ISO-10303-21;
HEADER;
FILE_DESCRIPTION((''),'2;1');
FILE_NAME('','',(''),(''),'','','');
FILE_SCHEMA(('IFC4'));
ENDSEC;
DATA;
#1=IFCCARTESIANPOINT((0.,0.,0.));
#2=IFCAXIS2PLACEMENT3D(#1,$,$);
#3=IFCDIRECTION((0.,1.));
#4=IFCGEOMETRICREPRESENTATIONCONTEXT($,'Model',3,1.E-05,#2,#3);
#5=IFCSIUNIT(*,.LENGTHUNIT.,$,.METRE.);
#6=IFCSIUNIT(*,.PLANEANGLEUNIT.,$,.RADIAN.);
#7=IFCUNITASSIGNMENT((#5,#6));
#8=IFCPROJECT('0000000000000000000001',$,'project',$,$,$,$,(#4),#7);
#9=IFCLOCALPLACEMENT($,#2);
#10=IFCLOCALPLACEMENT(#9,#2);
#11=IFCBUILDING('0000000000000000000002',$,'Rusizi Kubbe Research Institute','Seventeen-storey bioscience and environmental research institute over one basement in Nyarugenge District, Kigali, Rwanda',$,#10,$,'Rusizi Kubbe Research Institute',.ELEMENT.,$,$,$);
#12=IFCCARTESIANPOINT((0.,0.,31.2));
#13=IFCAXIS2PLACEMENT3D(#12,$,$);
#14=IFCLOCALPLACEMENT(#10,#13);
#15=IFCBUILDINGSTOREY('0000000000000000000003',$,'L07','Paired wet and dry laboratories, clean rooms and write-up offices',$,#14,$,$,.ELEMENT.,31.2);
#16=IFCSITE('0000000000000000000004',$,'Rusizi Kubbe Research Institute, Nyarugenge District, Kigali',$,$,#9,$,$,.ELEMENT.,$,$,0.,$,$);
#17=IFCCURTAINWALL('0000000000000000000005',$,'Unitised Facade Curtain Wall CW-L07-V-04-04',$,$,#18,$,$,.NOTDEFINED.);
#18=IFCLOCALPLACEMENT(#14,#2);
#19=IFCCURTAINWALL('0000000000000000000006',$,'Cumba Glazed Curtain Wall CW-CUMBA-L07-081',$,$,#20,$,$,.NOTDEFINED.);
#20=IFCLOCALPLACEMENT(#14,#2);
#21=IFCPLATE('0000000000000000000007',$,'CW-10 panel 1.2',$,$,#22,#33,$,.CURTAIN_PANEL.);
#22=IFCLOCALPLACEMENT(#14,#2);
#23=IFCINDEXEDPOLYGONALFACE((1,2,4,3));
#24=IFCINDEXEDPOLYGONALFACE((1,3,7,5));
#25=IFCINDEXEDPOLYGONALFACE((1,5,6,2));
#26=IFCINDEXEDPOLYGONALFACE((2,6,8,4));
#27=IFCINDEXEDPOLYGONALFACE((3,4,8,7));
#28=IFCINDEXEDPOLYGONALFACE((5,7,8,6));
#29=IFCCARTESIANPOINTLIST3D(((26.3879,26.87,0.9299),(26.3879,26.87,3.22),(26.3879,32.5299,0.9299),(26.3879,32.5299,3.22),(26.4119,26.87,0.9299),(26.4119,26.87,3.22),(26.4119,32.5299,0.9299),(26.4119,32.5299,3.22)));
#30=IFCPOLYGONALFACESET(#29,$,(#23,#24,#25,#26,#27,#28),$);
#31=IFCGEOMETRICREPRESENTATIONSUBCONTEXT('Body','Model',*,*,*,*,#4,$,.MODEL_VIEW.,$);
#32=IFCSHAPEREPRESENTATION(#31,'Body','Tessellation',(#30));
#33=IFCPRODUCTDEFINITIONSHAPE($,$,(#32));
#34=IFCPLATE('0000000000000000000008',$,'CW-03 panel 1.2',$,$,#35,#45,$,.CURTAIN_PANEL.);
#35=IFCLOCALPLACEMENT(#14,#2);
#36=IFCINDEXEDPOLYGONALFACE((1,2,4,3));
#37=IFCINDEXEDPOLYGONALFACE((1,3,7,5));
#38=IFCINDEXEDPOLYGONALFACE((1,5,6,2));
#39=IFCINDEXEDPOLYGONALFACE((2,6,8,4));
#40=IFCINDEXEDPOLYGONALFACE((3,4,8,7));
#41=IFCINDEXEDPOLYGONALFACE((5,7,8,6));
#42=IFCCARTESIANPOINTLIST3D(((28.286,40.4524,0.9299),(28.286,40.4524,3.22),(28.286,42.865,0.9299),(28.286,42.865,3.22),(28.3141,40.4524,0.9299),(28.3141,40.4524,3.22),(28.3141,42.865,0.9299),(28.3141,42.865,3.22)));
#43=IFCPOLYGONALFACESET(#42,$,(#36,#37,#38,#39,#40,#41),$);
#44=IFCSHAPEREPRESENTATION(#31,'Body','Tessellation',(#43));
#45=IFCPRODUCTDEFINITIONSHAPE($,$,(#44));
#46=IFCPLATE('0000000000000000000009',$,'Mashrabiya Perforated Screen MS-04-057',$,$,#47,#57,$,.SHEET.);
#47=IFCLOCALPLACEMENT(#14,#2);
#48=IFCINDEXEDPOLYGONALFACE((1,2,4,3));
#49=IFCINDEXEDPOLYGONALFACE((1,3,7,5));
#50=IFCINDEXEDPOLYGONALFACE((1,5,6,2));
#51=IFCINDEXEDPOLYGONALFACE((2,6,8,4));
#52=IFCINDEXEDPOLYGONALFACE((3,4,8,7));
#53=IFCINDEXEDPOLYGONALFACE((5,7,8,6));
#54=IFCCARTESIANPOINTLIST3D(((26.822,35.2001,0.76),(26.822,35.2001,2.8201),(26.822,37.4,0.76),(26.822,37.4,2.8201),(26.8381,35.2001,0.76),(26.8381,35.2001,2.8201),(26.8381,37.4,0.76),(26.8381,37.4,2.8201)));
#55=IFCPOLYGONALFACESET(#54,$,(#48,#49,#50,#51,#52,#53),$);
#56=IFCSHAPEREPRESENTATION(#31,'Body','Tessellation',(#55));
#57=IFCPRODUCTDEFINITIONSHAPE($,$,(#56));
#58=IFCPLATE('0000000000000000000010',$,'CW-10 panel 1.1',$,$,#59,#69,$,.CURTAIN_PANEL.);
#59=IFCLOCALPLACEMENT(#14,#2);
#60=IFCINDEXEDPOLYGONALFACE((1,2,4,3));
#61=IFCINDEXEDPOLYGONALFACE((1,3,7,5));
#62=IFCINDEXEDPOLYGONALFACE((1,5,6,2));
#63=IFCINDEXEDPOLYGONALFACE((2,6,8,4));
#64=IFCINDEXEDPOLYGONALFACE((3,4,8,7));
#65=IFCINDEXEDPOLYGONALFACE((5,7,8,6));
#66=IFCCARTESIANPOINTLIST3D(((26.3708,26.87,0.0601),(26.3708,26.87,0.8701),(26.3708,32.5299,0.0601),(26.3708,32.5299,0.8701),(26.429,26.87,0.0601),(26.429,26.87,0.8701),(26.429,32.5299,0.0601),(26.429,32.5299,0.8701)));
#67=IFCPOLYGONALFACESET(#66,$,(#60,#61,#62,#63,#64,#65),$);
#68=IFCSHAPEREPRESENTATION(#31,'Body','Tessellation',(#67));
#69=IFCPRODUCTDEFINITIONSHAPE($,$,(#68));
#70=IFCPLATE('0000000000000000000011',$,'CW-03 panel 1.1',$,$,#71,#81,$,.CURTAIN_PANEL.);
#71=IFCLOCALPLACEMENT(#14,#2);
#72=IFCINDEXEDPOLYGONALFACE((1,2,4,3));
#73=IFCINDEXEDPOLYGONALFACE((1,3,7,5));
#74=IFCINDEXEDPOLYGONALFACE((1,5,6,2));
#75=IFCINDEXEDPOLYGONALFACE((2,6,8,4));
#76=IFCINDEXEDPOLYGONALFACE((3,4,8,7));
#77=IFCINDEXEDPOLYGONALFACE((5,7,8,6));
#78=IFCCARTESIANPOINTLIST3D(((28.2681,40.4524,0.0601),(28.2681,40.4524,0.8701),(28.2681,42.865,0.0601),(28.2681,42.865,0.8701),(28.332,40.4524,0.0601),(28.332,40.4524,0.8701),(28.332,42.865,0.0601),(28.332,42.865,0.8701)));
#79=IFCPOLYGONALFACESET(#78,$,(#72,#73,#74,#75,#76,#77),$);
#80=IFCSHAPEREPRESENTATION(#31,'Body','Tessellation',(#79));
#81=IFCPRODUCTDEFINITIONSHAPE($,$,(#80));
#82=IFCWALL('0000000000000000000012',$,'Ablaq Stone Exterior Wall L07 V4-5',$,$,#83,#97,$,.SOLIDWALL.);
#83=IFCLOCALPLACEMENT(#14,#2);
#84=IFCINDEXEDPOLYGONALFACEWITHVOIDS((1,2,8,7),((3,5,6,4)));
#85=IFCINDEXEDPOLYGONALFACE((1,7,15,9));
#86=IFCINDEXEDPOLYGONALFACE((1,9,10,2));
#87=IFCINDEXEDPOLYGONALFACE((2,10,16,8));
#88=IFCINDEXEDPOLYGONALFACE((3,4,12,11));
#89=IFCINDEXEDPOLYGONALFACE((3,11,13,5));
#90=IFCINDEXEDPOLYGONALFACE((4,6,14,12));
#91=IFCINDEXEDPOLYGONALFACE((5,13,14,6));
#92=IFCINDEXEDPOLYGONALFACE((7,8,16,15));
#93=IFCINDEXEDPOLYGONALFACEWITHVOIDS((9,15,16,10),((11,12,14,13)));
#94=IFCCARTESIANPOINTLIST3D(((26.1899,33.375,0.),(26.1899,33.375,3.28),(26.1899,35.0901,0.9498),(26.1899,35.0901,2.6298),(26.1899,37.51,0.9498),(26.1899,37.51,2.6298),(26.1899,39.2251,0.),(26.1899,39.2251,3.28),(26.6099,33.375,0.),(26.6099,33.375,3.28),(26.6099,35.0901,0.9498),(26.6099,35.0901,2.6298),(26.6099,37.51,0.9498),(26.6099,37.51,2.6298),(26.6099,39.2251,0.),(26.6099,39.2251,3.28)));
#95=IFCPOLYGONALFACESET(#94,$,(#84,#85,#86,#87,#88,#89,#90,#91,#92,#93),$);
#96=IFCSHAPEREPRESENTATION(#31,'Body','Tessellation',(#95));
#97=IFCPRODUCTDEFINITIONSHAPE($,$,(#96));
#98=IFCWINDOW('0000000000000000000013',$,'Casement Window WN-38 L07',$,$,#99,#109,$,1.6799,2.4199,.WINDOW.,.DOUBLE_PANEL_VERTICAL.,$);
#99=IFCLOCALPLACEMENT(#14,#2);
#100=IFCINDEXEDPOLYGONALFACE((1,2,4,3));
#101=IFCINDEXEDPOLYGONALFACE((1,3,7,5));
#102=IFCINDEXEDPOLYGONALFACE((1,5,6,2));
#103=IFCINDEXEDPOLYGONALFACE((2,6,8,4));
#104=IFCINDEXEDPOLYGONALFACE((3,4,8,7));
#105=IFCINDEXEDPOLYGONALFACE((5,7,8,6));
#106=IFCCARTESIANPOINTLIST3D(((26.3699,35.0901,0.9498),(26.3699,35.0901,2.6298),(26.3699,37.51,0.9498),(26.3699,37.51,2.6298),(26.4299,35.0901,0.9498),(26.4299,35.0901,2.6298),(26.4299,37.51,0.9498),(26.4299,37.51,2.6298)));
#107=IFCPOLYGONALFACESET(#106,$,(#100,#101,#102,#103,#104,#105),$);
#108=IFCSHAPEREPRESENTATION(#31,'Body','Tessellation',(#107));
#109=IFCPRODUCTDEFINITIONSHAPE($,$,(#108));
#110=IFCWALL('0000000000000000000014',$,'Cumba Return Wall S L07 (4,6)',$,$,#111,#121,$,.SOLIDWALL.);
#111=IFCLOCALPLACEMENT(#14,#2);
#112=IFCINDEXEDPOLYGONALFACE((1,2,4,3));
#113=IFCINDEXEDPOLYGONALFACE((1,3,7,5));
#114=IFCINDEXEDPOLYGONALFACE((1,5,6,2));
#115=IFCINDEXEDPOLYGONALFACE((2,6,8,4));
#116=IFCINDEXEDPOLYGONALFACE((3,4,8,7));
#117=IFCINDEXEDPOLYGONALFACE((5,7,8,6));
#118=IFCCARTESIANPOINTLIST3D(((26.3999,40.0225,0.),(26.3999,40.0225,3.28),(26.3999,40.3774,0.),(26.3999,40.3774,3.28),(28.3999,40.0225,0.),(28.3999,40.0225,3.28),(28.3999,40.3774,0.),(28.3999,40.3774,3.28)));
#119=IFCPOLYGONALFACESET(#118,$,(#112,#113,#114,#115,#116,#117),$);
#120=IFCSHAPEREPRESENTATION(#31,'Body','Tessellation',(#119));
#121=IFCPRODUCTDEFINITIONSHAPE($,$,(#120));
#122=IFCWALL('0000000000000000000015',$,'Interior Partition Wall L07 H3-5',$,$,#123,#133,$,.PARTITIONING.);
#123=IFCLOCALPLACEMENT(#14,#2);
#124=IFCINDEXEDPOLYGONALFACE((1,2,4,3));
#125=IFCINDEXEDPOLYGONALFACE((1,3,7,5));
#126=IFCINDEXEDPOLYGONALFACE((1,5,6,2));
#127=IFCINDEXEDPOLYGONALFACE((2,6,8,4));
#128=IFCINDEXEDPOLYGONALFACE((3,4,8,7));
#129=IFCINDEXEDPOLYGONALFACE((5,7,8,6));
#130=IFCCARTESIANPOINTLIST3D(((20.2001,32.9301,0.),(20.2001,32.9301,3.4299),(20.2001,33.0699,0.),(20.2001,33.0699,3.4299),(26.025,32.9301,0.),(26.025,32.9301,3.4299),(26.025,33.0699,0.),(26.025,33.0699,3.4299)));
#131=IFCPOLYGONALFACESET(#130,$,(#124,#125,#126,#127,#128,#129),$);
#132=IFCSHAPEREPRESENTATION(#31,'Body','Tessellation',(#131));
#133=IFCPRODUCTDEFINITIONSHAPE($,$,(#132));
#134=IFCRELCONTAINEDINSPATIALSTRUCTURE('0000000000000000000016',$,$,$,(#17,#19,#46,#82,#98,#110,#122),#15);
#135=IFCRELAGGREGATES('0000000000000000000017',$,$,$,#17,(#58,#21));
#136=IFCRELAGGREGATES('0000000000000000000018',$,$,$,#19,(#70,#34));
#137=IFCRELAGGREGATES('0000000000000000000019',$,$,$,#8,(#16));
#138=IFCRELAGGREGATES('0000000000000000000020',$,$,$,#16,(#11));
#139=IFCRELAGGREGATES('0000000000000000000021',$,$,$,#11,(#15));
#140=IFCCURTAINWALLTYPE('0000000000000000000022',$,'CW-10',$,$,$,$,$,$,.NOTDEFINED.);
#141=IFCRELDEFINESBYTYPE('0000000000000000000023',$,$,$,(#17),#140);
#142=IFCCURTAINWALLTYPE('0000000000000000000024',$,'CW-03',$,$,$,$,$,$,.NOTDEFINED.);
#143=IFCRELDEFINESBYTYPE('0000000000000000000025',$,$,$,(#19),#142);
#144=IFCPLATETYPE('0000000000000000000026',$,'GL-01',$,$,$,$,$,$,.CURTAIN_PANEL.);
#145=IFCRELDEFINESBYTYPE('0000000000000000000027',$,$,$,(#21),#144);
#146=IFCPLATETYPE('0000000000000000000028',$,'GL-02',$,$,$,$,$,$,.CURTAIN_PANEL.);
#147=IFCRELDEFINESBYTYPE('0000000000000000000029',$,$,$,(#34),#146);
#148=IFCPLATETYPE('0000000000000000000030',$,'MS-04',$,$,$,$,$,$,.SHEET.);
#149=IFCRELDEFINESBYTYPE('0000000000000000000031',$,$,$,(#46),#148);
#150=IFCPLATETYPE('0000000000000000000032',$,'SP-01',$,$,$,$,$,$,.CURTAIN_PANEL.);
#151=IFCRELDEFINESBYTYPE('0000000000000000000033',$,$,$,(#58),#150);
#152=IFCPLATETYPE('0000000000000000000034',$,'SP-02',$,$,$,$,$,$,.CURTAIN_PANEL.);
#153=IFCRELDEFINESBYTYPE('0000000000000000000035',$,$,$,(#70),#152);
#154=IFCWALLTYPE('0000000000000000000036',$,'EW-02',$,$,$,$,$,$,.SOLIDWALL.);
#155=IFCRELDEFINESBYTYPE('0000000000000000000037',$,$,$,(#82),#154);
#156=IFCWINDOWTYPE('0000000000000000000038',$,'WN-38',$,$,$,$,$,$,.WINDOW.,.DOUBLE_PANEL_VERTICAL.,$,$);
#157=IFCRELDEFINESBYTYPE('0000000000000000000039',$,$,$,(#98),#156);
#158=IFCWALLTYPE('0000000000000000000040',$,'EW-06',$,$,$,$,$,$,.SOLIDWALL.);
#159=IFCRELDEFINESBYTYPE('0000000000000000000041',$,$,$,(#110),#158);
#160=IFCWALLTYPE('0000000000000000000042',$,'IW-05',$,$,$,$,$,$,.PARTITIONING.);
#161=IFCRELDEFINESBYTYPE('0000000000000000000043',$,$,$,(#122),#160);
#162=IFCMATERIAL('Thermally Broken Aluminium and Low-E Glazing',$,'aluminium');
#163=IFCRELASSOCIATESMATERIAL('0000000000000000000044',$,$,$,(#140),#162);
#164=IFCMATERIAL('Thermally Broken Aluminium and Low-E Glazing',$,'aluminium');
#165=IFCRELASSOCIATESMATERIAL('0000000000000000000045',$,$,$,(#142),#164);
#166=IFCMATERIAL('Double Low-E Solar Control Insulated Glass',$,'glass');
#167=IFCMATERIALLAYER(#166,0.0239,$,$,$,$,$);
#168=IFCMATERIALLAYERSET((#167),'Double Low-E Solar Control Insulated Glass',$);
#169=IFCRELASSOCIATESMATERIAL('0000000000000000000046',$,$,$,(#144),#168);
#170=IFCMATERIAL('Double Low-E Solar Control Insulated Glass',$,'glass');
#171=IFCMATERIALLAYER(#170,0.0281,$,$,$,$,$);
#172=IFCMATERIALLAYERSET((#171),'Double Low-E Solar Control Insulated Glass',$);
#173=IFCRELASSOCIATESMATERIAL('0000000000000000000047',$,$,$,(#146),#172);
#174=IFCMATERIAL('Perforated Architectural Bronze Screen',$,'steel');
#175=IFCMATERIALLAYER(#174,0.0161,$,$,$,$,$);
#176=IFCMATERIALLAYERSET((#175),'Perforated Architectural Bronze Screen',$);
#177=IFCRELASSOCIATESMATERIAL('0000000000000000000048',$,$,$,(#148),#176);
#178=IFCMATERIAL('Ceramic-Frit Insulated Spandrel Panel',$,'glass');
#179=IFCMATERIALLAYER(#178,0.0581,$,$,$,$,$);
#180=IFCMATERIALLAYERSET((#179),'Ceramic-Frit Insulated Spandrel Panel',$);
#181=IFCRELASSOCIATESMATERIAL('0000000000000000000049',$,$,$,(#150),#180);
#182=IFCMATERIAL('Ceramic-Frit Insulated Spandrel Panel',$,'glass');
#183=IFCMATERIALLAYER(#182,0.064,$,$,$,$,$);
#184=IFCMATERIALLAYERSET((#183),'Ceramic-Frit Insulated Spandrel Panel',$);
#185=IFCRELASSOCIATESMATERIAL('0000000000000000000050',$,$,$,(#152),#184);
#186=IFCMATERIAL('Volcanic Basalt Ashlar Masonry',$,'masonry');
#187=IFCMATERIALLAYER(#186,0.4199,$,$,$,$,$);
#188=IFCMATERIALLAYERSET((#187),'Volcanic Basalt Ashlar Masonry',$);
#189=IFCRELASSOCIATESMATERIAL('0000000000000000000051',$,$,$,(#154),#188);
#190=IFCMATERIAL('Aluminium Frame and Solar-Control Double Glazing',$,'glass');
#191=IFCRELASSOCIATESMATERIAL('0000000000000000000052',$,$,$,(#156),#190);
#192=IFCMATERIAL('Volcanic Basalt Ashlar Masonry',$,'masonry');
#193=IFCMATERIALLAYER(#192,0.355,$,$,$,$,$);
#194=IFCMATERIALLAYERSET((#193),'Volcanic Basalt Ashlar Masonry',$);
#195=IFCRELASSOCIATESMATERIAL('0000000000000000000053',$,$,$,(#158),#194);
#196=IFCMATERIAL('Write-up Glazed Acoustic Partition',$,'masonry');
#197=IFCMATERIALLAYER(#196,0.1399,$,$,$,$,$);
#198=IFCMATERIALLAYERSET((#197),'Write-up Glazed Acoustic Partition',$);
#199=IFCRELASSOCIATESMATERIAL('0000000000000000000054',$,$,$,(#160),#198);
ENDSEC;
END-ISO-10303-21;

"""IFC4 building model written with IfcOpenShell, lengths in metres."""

from ifc_helpers import new_model, si_unit, direction, frame, frame_2d, origin, origin_2d, place, context, subcontext, project, spatial, rectangle, extrude, material, layer, layer_set, type_object, element, fill, aggregate, save


model = new_model("IFC4")

# Units and contexts
model_context = context("Model", 3, precision=1e-05, world=origin(), true_north=direction((0.0, 1.0)))
body_context = subcontext(model_context, "Body", "Model", "MODEL_VIEW")
ifc_project = project(units=[si_unit("LENGTHUNIT", "METRE"), si_unit("PLANEANGLEUNIT", "RADIAN")], contexts=[model_context])

# Site, building, storey
site_placement = place(None, origin())
site = spatial("IfcSite", under=ifc_project, at=site_placement, Name="Rusizi Kubbe Research Institute, Nyarugenge District, Kigali", CompositionType="ELEMENT", RefElevation=0.0)
building_placement = place(site_placement, origin())
building = spatial("IfcBuilding", under=site, at=building_placement, Name="Rusizi Kubbe Research Institute", Description="Seventeen-storey bioscience and environmental research institute over one basement in Nyarugenge District, Kigali, Rwanda", LongName="Rusizi Kubbe Research Institute", CompositionType="ELEMENT")
storey_placement = place(building_placement, frame((0.0, 0.0, 31.2)))
storey = spatial("IfcBuildingStorey", under=building, at=storey_placement, Name="L07", Description="Paired wet and dry laboratories, clean rooms and write-up offices", CompositionType="ELEMENT", Elevation=31.2)

# Curtain wall
ifc_material_1 = material(Name="Thermally Broken Aluminium and Low-E Glazing", Category="aluminium")
curtain_wall_type_1 = type_object("IfcCurtainWallType", Name="CW-10", PredefinedType="NOTDEFINED", material=ifc_material_1)
curtain_wall_1_placement = place(storey_placement, origin())
curtain_wall_1 = element("IfcCurtainWall", 1, at=curtain_wall_1_placement, inside=storey, type_object=curtain_wall_type_1, Name="Unitised Facade Curtain Wall CW-L07-V-04-04", PredefinedType="NOTDEFINED")

# Curtain wall
ifc_material_2 = material(Name="Thermally Broken Aluminium and Low-E Glazing", Category="aluminium")
curtain_wall_type_2 = type_object("IfcCurtainWallType", Name="CW-03", PredefinedType="NOTDEFINED", material=ifc_material_2)
curtain_wall_2_placement = place(storey_placement, origin())
curtain_wall_2 = element("IfcCurtainWall", 2, at=curtain_wall_2_placement, inside=storey, type_object=curtain_wall_type_2, Name="Cumba Glazed Curtain Wall CW-CUMBA-L07-081", PredefinedType="NOTDEFINED")

# Plates
ifc_material_3 = material(Name="Double Low-E Solar Control Insulated Glass", Category="glass")
ifc_layer_1 = layer(ifc_material_3, 0.0239)
ifc_layer_set_1 = layer_set([ifc_layer_1], Name="Double Low-E Solar Control Insulated Glass")
plate_type_1 = type_object("IfcPlateType", Name="GL-01", PredefinedType="CURTAIN_PANEL", material=ifc_layer_set_1)
plate_1_placement = place(storey_placement, frame((26.3999, 29.7, 0.9299), z_axis=(0.0, 0.0, 1.0), x_axis=(0.0, 1.0, 0.0)))
plate_1 = element("IfcPlate", 3, at=plate_1_placement, type_object=plate_type_1, Name="CW-10 panel 1.2", PredefinedType="CURTAIN_PANEL", context=body_context, shape_type="SweptSolid", body=[
    extrude(rectangle(XDim=5.6599, YDim=0.0239, at=origin_2d()), origin(), (0.0, 0.0, 1.0), 2.29),
])
ifc_material_4 = material(Name="Double Low-E Solar Control Insulated Glass", Category="glass")
ifc_layer_2 = layer(ifc_material_4, 0.0281)
ifc_layer_set_2 = layer_set([ifc_layer_2], Name="Double Low-E Solar Control Insulated Glass")
plate_type_2 = type_object("IfcPlateType", Name="GL-02", PredefinedType="CURTAIN_PANEL", material=ifc_layer_set_2)
plate_2_placement = place(storey_placement, frame((28.3, 41.6587, 0.9299), z_axis=(0.0, 0.0, 1.0), x_axis=(0.0, 1.0, 0.0)))
plate_2 = element("IfcPlate", 4, at=plate_2_placement, type_object=plate_type_2, Name="CW-03 panel 1.2", PredefinedType="CURTAIN_PANEL", context=body_context, shape_type="SweptSolid", body=[
    extrude(rectangle(XDim=2.4126, YDim=0.0281, at=origin_2d()), origin(), (0.0, 0.0, 1.0), 2.29),
])
ifc_material_5 = material(Name="Perforated Architectural Bronze Screen", Category="steel")
ifc_layer_3 = layer(ifc_material_5, 0.0161)
ifc_layer_set_3 = layer_set([ifc_layer_3], Name="Perforated Architectural Bronze Screen")
plate_type_3 = type_object("IfcPlateType", Name="MS-04", PredefinedType="SHEET", material=ifc_layer_set_3)
plate_3_placement = place(storey_placement, frame((26.8301, 36.3, 0.76), z_axis=(0.0, 0.0, 1.0), x_axis=(0.0, 1.0, 0.0)))
element("IfcPlate", 5, at=plate_3_placement, inside=storey, type_object=plate_type_3, Name="Mashrabiya Perforated Screen MS-04-057", PredefinedType="SHEET", context=body_context, shape_type="SweptSolid", body=[
    extrude(rectangle(XDim=2.2, YDim=0.0161, at=origin_2d()), origin(), (0.0, 0.0, 1.0), 2.0601),
])
ifc_material_6 = material(Name="Ceramic-Frit Insulated Spandrel Panel", Category="glass")
ifc_layer_4 = layer(ifc_material_6, 0.0581)
ifc_layer_set_4 = layer_set([ifc_layer_4], Name="Ceramic-Frit Insulated Spandrel Panel")
plate_type_4 = type_object("IfcPlateType", Name="SP-01", PredefinedType="CURTAIN_PANEL", material=ifc_layer_set_4)
plate_4_placement = place(storey_placement, frame((26.3999, 29.7, 0.0601), z_axis=(0.0, 0.0, 1.0), x_axis=(0.0, 1.0, 0.0)))
plate_4 = element("IfcPlate", 6, at=plate_4_placement, type_object=plate_type_4, Name="CW-10 panel 1.1", PredefinedType="CURTAIN_PANEL", context=body_context, shape_type="SweptSolid", body=[
    extrude(rectangle(XDim=5.6599, YDim=0.0581, at=origin_2d()), origin(), (0.0, 0.0, 1.0), 0.8101),
])
aggregate(curtain_wall_1, [plate_4, plate_1])
ifc_material_7 = material(Name="Ceramic-Frit Insulated Spandrel Panel", Category="glass")
ifc_layer_5 = layer(ifc_material_7, 0.064)
ifc_layer_set_5 = layer_set([ifc_layer_5], Name="Ceramic-Frit Insulated Spandrel Panel")
plate_type_5 = type_object("IfcPlateType", Name="SP-02", PredefinedType="CURTAIN_PANEL", material=ifc_layer_set_5)
plate_5_placement = place(storey_placement, frame((28.3, 41.6587, 0.0601), z_axis=(0.0, 0.0, 1.0), x_axis=(0.0, 1.0, 0.0)))
plate_5 = element("IfcPlate", 7, at=plate_5_placement, type_object=plate_type_5, Name="CW-03 panel 1.1", PredefinedType="CURTAIN_PANEL", context=body_context, shape_type="SweptSolid", body=[
    extrude(rectangle(XDim=2.4126, YDim=0.064, at=origin_2d()), origin(), (0.0, 0.0, 1.0), 0.8101),
])
aggregate(curtain_wall_2, [plate_5, plate_2])

# Wall, opening, window
ifc_material_8 = material(Name="Volcanic Basalt Ashlar Masonry", Category="masonry")
ifc_layer_6 = layer(ifc_material_8, 0.4199)
ifc_layer_set_6 = layer_set([ifc_layer_6], Name="Volcanic Basalt Ashlar Masonry")
wall_type_1 = type_object("IfcWallType", Name="EW-02", PredefinedType="SOLIDWALL", material=ifc_layer_set_6)
wall_1_placement = place(storey_placement, frame((26.3999, 33.375, 0.0), z_axis=(0.0, 0.0, 1.0), x_axis=(0.0, 1.0, 0.0)))
wall_1 = element("IfcWall", 8, at=wall_1_placement, inside=storey, type_object=wall_type_1, Name="Ablaq Stone Exterior Wall L07 V4-5", PredefinedType="SOLIDWALL", context=body_context, shape_type="SweptSolid", body=[
    extrude(rectangle(XDim=5.8501, YDim=0.4199, at=frame_2d((2.925, 0.0))), origin(), (0.0, 0.0, 1.0), 3.28),
])
opening_placement = place(wall_1_placement, frame((1.7151, 0.0, 0.95)))
opening = element("IfcOpeningElement", 9, at=opening_placement, cuts=wall_1, PredefinedType="OPENING", context=body_context, shape_type="SweptSolid", body=[
    extrude(rectangle(XDim=2.4199, YDim=1.6799, at=frame_2d((1.21, 0.8398))), frame((0.0, 0.22, 0.0), z_axis=(0.0, -1.0, 0.0), x_axis=(1.0, 0.0, 0.0)), (0.0, 0.0, 1.0), 0.4399),
])
ifc_material_9 = material(Name="Aluminium Frame and Solar-Control Double Glazing", Category="glass")
window_type = type_object("IfcWindowType", Name="WN-38", PartitioningType="DOUBLE_PANEL_VERTICAL", PredefinedType="WINDOW", material=ifc_material_9)
window_placement = place(opening_placement, origin())
window = element("IfcWindow", 10, at=window_placement, inside=storey, type_object=window_type, Name="Casement Window WN-38 L07", OverallHeight=1.6799, OverallWidth=2.4199, PartitioningType="DOUBLE_PANEL_VERTICAL", PredefinedType="WINDOW", context=body_context, shape_type="SweptSolid", body=[
    extrude(rectangle(XDim=2.4199, YDim=1.6799, at=frame_2d((1.21, 0.8398))), frame((0.0, 0.03, 0.0), z_axis=(0.0, -1.0, 0.0), x_axis=(1.0, 0.0, 0.0)), (0.0, 0.0, 1.0), 0.0601),
])
fill(opening, window)

# Walls
ifc_material_10 = material(Name="Volcanic Basalt Ashlar Masonry", Category="masonry")
ifc_layer_7 = layer(ifc_material_10, 0.355)
ifc_layer_set_7 = layer_set([ifc_layer_7], Name="Volcanic Basalt Ashlar Masonry")
wall_type_2 = type_object("IfcWallType", Name="EW-06", PredefinedType="SOLIDWALL", material=ifc_layer_set_7)
wall_2_placement = place(storey_placement, frame((26.3999, 40.2, 0.0), z_axis=(0.0, 0.0, 1.0), x_axis=(1.0, 0.0, 0.0)))
element("IfcWall", 11, at=wall_2_placement, inside=storey, type_object=wall_type_2, Name="Cumba Return Wall S L07 (4,6)", PredefinedType="SOLIDWALL", context=body_context, shape_type="SweptSolid", body=[
    extrude(rectangle(XDim=2.0, YDim=0.355, at=frame_2d((1.0, 0.0))), origin(), (0.0, 0.0, 1.0), 3.28),
])
ifc_material_11 = material(Name="Write-up Glazed Acoustic Partition", Category="masonry")
ifc_layer_8 = layer(ifc_material_11, 0.1399)
ifc_layer_set_8 = layer_set([ifc_layer_8], Name="Write-up Glazed Acoustic Partition")
wall_type_3 = type_object("IfcWallType", Name="IW-05", PredefinedType="PARTITIONING", material=ifc_layer_set_8)
wall_3_placement = place(storey_placement, frame((20.2, 33.0, 0.0), z_axis=(0.0, 0.0, 1.0), x_axis=(1.0, 0.0, 0.0)))
element("IfcWall", 12, at=wall_3_placement, inside=storey, type_object=wall_type_3, Name="Interior Partition Wall L07 H3-5", PredefinedType="PARTITIONING", context=body_context, shape_type="SweptSolid", body=[
    extrude(rectangle(XDim=5.825, YDim=0.1399, at=frame_2d((2.9126, 0.0))), origin(), (0.0, 0.0, 1.0), 3.4299),
])

save(model, "model.ifc")
